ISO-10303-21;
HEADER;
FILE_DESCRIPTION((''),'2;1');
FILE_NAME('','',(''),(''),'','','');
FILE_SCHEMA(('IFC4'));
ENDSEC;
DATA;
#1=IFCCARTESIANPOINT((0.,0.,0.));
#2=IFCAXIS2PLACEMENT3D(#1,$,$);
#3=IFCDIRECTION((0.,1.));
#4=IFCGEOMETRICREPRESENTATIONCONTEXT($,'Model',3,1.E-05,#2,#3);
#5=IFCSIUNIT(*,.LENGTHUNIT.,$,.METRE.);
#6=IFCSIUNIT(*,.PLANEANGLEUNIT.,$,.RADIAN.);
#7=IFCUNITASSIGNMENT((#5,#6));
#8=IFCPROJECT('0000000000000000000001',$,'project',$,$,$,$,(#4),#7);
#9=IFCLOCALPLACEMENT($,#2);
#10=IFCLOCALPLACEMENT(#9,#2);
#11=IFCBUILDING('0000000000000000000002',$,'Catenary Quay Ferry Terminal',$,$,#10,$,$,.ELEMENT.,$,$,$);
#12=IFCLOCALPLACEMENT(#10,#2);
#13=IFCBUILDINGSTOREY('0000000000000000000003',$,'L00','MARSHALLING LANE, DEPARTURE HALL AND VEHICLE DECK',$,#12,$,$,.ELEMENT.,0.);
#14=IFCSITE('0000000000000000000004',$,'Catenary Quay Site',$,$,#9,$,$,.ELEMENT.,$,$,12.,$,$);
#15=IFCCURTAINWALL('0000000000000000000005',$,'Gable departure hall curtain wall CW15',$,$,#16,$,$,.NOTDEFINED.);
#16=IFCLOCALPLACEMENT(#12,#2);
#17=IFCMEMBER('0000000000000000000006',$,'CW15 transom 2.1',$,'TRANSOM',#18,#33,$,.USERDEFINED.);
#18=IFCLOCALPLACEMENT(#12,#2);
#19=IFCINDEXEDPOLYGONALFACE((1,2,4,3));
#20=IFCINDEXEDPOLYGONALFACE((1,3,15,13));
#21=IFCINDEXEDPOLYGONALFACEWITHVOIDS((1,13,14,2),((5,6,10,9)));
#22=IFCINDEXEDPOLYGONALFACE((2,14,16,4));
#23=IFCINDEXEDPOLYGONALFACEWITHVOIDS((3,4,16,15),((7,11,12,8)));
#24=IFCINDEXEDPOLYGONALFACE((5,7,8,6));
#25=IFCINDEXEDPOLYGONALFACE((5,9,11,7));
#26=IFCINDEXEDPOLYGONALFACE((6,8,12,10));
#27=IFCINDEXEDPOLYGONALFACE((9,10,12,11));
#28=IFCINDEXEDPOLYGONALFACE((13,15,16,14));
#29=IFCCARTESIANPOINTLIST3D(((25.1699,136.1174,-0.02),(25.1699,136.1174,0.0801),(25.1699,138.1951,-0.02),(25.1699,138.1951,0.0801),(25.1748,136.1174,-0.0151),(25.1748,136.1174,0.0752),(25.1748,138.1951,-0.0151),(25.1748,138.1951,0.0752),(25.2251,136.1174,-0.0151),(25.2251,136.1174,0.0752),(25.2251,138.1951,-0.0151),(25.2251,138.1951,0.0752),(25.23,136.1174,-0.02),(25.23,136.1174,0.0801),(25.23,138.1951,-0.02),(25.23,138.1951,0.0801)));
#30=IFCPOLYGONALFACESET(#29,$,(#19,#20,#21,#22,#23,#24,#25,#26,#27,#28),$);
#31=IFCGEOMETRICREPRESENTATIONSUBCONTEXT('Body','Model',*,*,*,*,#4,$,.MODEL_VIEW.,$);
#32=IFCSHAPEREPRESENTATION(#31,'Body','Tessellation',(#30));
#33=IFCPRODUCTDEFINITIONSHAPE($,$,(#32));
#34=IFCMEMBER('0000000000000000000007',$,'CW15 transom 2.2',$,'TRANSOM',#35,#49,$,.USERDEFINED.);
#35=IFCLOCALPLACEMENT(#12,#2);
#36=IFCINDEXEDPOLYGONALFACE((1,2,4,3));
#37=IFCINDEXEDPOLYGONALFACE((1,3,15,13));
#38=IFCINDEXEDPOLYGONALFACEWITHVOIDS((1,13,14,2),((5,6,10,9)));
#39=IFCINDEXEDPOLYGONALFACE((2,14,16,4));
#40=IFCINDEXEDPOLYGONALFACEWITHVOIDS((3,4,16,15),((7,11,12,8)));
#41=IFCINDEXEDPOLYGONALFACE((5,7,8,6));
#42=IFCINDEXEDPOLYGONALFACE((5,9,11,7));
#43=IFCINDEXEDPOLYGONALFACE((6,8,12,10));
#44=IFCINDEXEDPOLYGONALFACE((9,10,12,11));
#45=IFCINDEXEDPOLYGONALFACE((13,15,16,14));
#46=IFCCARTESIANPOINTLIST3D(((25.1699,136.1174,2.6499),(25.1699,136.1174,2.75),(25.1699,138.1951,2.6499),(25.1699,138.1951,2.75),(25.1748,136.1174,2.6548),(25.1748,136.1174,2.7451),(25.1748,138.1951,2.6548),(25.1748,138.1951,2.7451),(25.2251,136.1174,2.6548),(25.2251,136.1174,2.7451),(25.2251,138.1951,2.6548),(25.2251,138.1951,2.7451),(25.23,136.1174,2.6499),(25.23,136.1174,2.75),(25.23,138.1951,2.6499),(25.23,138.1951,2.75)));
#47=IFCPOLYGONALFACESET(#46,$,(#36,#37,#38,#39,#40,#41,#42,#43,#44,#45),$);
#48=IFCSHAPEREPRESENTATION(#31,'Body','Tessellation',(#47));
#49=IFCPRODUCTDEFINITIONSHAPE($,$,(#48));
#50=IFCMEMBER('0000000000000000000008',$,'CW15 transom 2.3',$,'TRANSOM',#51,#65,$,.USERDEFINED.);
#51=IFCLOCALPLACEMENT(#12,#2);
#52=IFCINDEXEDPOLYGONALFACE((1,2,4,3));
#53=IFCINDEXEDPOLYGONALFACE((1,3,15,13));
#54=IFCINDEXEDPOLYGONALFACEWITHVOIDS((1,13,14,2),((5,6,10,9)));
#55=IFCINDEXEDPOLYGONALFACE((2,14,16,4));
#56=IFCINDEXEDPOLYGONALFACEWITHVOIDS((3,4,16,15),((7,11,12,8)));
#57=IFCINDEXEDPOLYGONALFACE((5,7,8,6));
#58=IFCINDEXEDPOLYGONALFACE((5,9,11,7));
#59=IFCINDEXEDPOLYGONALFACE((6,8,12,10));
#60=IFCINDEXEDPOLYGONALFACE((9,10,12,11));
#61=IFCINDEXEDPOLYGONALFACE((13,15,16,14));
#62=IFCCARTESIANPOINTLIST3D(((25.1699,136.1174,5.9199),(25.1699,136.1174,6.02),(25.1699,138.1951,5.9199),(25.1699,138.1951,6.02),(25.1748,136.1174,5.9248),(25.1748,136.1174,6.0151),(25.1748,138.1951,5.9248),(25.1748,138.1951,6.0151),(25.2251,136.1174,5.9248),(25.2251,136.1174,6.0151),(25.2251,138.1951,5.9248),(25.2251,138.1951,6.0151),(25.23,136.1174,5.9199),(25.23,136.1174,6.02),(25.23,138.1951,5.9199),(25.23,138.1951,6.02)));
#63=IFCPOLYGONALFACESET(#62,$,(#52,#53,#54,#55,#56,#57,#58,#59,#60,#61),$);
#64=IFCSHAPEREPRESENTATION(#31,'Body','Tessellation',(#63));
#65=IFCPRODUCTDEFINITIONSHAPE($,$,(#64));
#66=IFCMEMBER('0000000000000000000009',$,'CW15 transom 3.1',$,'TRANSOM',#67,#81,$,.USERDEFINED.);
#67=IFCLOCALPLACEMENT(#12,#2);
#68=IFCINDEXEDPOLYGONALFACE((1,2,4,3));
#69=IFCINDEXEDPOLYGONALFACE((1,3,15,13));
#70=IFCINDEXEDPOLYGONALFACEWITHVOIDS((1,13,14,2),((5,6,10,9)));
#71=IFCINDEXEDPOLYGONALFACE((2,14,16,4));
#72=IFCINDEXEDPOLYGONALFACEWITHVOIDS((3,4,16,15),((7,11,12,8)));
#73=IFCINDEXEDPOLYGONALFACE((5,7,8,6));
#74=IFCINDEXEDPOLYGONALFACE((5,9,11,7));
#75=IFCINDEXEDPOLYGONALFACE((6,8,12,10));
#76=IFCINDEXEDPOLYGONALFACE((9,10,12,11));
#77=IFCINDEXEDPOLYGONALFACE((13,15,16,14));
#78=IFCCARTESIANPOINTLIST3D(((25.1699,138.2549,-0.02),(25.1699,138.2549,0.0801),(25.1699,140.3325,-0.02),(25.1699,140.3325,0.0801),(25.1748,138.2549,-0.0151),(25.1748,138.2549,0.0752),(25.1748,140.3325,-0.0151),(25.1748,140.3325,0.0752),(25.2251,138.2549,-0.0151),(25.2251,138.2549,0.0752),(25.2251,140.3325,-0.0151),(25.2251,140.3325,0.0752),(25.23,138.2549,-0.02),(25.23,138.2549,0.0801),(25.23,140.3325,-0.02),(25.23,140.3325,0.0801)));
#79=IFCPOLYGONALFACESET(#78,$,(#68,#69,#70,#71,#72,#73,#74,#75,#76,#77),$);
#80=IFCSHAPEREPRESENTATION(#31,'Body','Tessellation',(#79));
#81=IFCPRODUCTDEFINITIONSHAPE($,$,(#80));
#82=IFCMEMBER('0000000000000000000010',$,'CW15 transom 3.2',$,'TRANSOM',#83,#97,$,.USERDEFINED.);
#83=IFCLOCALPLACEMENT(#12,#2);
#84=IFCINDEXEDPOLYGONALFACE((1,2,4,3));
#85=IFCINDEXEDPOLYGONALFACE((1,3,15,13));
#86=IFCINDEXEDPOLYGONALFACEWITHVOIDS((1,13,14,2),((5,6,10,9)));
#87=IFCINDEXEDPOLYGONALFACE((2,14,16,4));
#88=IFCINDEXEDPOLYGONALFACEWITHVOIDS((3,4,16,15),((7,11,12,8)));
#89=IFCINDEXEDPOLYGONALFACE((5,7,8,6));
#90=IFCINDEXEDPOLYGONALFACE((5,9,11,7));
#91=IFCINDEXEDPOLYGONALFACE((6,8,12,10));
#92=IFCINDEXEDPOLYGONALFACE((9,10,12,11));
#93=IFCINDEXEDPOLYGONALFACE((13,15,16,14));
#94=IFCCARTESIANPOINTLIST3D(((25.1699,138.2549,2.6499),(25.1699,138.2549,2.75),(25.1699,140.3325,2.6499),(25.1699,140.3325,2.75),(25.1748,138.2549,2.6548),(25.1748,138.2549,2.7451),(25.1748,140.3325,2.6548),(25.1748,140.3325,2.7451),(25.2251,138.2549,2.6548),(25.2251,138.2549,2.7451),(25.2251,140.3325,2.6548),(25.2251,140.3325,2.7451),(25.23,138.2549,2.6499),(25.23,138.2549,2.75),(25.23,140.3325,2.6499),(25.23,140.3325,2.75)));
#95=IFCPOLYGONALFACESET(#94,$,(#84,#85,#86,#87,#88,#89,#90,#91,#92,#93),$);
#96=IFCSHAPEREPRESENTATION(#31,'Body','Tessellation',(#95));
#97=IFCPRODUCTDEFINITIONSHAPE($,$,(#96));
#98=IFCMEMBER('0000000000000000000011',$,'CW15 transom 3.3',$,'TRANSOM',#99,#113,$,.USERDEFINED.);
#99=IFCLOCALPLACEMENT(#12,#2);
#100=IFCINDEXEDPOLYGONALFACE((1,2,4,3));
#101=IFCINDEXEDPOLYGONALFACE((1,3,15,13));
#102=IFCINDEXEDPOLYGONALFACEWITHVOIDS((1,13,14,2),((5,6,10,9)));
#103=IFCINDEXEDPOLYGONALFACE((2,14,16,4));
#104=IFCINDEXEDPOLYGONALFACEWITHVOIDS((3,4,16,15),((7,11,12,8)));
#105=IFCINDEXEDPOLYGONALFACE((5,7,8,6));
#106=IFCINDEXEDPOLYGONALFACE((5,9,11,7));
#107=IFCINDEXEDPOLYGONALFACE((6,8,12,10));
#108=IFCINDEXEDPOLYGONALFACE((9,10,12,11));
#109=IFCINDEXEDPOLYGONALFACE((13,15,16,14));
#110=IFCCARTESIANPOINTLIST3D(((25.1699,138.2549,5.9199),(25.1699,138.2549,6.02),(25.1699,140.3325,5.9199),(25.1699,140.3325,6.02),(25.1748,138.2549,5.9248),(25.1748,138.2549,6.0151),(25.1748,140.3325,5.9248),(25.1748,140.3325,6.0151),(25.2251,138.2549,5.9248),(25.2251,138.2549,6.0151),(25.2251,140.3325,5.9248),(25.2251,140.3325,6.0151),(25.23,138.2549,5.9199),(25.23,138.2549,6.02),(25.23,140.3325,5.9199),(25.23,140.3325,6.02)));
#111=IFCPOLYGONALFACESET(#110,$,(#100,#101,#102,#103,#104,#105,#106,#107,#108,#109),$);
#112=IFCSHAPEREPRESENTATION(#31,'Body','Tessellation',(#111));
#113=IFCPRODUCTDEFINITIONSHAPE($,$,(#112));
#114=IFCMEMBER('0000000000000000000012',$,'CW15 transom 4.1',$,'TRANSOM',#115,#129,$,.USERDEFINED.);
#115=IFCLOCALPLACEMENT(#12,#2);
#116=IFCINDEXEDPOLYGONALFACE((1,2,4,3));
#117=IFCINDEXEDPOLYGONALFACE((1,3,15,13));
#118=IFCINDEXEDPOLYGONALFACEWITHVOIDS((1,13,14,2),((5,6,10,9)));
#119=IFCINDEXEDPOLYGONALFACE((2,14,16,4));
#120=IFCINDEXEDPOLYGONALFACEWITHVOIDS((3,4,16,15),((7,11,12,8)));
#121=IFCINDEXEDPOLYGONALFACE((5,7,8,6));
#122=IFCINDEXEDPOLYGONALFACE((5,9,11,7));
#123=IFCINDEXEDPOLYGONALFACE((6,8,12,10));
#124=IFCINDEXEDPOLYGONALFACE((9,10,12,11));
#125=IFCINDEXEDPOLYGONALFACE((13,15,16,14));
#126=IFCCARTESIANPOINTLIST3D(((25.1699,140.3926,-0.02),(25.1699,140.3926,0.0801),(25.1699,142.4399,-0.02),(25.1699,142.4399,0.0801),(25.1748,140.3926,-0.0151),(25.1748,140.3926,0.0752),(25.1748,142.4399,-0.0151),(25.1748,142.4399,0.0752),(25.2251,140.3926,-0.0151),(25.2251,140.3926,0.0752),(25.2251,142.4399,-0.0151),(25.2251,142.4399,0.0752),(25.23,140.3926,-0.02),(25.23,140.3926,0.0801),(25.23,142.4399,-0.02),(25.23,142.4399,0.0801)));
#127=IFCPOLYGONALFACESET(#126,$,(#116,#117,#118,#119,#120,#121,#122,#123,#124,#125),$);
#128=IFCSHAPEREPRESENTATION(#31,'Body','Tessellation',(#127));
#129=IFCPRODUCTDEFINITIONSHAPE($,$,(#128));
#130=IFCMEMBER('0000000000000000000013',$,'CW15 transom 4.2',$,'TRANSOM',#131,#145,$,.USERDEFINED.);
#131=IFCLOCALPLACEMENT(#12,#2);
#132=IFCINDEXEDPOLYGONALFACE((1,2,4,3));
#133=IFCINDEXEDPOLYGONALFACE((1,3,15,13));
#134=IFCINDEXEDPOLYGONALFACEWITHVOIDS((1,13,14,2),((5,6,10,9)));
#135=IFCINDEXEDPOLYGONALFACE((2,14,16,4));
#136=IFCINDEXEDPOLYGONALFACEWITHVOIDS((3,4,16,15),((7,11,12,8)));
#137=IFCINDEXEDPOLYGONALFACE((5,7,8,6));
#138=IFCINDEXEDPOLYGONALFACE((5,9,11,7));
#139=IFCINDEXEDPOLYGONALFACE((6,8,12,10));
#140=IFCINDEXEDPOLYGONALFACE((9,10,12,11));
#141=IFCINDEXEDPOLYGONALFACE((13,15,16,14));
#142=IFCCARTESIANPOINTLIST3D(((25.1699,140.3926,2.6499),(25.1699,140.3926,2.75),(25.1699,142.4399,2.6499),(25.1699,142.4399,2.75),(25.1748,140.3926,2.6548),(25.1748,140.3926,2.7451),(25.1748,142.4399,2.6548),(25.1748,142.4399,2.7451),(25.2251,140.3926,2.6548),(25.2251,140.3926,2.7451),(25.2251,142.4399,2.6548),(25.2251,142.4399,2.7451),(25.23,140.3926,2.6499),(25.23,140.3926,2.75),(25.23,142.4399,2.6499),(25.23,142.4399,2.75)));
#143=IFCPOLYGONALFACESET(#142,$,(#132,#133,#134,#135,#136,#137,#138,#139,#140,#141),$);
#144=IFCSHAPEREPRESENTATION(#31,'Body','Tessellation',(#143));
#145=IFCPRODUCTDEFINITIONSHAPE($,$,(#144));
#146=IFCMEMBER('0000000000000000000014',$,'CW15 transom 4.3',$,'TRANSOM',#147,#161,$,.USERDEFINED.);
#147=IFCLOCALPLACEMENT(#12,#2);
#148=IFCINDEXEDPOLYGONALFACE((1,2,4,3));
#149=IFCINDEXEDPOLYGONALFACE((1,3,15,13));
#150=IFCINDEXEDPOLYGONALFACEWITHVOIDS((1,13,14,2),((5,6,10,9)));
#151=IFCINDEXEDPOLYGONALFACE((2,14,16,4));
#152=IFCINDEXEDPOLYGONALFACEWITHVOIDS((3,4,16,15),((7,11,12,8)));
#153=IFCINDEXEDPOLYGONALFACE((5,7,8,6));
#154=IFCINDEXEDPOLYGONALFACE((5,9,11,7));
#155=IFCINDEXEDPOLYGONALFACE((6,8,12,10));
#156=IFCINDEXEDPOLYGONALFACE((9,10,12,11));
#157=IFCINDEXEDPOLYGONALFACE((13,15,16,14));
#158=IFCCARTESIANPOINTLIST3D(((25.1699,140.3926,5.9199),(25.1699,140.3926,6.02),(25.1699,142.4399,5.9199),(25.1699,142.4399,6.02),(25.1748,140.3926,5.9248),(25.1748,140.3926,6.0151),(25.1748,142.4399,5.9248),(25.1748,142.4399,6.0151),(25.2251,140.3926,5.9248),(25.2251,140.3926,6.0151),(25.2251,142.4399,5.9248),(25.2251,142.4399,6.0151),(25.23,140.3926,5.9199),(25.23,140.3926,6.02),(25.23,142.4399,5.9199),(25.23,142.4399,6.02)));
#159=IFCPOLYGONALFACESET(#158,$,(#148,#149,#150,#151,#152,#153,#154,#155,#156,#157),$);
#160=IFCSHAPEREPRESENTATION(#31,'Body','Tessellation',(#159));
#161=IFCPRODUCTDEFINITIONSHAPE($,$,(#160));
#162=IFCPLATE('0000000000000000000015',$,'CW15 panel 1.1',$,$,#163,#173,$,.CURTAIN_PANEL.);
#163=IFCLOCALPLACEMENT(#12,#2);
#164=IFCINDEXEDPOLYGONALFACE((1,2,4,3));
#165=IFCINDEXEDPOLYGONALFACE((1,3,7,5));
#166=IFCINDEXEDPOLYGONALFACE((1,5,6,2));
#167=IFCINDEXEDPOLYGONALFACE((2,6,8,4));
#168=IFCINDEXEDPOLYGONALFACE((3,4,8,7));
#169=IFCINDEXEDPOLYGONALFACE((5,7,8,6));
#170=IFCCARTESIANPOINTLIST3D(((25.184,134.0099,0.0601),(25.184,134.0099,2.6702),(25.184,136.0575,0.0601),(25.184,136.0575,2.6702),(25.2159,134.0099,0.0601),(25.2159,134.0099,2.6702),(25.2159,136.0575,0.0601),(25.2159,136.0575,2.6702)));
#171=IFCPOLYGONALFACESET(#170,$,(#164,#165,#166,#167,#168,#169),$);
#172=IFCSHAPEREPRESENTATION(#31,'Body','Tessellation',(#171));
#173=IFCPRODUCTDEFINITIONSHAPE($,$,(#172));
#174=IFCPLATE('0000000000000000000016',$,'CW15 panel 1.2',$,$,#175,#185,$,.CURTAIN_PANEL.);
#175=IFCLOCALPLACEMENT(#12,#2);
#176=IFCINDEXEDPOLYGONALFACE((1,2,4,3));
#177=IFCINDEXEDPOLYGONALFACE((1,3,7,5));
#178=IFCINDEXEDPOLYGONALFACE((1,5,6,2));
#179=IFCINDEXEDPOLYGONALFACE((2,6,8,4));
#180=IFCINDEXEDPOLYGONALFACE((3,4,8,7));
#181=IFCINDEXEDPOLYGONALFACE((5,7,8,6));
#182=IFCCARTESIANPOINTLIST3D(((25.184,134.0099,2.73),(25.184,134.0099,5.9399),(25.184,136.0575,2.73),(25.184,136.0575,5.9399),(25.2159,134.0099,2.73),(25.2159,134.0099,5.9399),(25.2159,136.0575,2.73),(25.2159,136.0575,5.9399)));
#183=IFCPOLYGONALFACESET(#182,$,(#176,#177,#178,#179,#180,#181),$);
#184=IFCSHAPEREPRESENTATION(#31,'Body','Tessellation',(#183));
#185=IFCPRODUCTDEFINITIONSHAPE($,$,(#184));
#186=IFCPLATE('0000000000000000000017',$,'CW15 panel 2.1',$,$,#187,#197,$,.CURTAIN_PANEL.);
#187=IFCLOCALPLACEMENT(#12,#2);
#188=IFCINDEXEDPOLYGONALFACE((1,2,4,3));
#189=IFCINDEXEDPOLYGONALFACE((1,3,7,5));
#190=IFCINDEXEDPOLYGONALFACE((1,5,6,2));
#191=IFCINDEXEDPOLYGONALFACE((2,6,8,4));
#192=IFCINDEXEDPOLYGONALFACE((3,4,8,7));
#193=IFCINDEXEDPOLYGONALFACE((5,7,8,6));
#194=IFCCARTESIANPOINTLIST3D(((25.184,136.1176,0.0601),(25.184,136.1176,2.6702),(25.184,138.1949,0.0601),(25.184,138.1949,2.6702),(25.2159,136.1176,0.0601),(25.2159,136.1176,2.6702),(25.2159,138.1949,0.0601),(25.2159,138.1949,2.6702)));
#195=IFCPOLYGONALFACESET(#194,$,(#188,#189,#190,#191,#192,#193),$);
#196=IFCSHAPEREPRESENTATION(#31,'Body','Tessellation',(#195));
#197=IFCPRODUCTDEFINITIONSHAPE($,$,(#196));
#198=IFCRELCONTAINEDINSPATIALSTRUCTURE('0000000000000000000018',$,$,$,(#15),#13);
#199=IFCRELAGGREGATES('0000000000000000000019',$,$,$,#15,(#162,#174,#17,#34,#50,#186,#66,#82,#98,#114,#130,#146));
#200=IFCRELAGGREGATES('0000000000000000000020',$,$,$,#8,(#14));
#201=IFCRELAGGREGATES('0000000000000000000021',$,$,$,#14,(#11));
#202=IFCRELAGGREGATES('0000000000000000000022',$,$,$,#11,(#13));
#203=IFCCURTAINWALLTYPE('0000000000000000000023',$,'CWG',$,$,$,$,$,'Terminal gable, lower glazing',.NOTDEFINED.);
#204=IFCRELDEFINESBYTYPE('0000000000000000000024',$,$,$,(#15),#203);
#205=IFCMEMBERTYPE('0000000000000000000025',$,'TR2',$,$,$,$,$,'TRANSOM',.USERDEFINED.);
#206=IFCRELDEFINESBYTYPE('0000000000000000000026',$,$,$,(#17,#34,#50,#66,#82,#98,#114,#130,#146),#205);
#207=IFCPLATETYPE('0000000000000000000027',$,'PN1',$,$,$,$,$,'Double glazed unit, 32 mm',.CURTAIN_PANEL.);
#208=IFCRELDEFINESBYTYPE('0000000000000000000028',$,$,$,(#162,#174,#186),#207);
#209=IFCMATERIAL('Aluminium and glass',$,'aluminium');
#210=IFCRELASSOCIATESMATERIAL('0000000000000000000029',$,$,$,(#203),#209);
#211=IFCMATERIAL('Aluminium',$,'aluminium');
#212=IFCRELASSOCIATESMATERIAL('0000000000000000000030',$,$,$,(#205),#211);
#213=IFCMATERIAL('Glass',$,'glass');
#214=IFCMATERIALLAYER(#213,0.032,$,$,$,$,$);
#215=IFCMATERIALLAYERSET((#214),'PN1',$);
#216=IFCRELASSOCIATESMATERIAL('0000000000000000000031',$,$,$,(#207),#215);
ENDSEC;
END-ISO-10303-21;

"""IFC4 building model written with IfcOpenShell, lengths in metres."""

from ifc_helpers import new_model, si_unit, direction, frame, origin, origin_2d, place, context, subcontext, project, spatial, rectangle, hollow_rectangle, extrude, material, layer, layer_set, material_profile, profile_set, type_object, element, aggregate, save


model = new_model("IFC4")

# Units and contexts
model_context = context("Model", 3, precision=1e-05, world=origin(), true_north=direction((0.0, 1.0)))
body_context = subcontext(model_context, "Body", "Model", "MODEL_VIEW")
ifc_project = project(units=[si_unit("LENGTHUNIT", "METRE"), si_unit("PLANEANGLEUNIT", "RADIAN")], contexts=[model_context])

# Site, building, storey
site_placement = place(None, origin())
site = spatial("IfcSite", under=ifc_project, at=site_placement, Name="Catenary Quay Site", CompositionType="ELEMENT", RefElevation=12.0)
building_placement = place(site_placement, origin())
building = spatial("IfcBuilding", under=site, at=building_placement, Name="Catenary Quay Ferry Terminal", CompositionType="ELEMENT")
storey_placement = place(building_placement, origin())
storey = spatial("IfcBuildingStorey", under=building, at=storey_placement, Name="L00", Description="MARSHALLING LANE, DEPARTURE HALL AND VEHICLE DECK", CompositionType="ELEMENT", Elevation=0.0)

# Curtain wall, members, plates
ifc_material_1 = material(Name="Aluminium and glass", Category="aluminium")
curtain_wall_type = type_object("IfcCurtainWallType", Name="CWG", ElementType="Terminal gable, lower glazing", PredefinedType="NOTDEFINED", material=ifc_material_1)
curtain_wall_placement = place(storey_placement, origin())
curtain_wall = element("IfcCurtainWall", 1, at=curtain_wall_placement, inside=storey, type_object=curtain_wall_type, Name="Gable departure hall curtain wall CW15", PredefinedType="NOTDEFINED")
ifc_material_2 = material(Name="Aluminium", Category="aluminium")
ifc_material_profile_1 = material_profile(ifc_material_2, hollow_rectangle(XDim=0.0601, YDim=0.1001, WallThickness=0.0049, at=origin_2d()), Name="TR2")
ifc_profile_set_1 = profile_set([ifc_material_profile_1], Name="Aluminium")
member_type_1 = type_object("IfcMemberType", Name="TR2", ElementType="TRANSOM", PredefinedType="USERDEFINED", material=ifc_profile_set_1)
member_1_placement = place(storey_placement, frame((25.2, 136.1174, 0.03), z_axis=(0.0, 1.0, 0.0), x_axis=(-1.0, 0.0, 0.0)))
member_1 = element("IfcMember", 2, at=member_1_placement, type_object=member_type_1, Name="CW15 transom 2.1", ObjectType="TRANSOM", PredefinedType="USERDEFINED", context=body_context, shape_type="SweptSolid", body=[
    extrude(hollow_rectangle(XDim=0.0601, YDim=0.1001, WallThickness=0.0049, at=origin_2d()), origin(), (0.0, 0.0, 1.0), 2.0776),
])
member_2_placement = place(storey_placement, frame((25.2, 136.1174, 2.7), z_axis=(0.0, 1.0, 0.0), x_axis=(-1.0, 0.0, 0.0)))
member_2 = element("IfcMember", 3, at=member_2_placement, type_object=member_type_1, Name="CW15 transom 2.2", ObjectType="TRANSOM", PredefinedType="USERDEFINED", context=body_context, shape_type="SweptSolid", body=[
    extrude(hollow_rectangle(XDim=0.0601, YDim=0.1001, WallThickness=0.0049, at=origin_2d()), origin(), (0.0, 0.0, 1.0), 2.0776),
])
member_3_placement = place(storey_placement, frame((25.2, 136.1174, 5.97), z_axis=(0.0, 1.0, 0.0), x_axis=(-1.0, 0.0, 0.0)))
member_3 = element("IfcMember", 4, at=member_3_placement, type_object=member_type_1, Name="CW15 transom 2.3", ObjectType="TRANSOM", PredefinedType="USERDEFINED", context=body_context, shape_type="SweptSolid", body=[
    extrude(hollow_rectangle(XDim=0.0601, YDim=0.1001, WallThickness=0.0049, at=origin_2d()), origin(), (0.0, 0.0, 1.0), 2.0776),
])
member_4_placement = place(storey_placement, frame((25.2, 138.2549, 0.03), z_axis=(0.0, 1.0, 0.0), x_axis=(-1.0, 0.0, 0.0)))
member_4 = element("IfcMember", 5, at=member_4_placement, type_object=member_type_1, Name="CW15 transom 3.1", ObjectType="TRANSOM", PredefinedType="USERDEFINED", context=body_context, shape_type="SweptSolid", body=[
    extrude(hollow_rectangle(XDim=0.0601, YDim=0.1001, WallThickness=0.0049, at=origin_2d()), origin(), (0.0, 0.0, 1.0), 2.0776),
])
member_5_placement = place(storey_placement, frame((25.2, 138.2549, 2.7), z_axis=(0.0, 1.0, 0.0), x_axis=(-1.0, 0.0, 0.0)))
member_5 = element("IfcMember", 6, at=member_5_placement, type_object=member_type_1, Name="CW15 transom 3.2", ObjectType="TRANSOM", PredefinedType="USERDEFINED", context=body_context, shape_type="SweptSolid", body=[
    extrude(hollow_rectangle(XDim=0.0601, YDim=0.1001, WallThickness=0.0049, at=origin_2d()), origin(), (0.0, 0.0, 1.0), 2.0776),
])
member_6_placement = place(storey_placement, frame((25.2, 138.2549, 5.97), z_axis=(0.0, 1.0, 0.0), x_axis=(-1.0, 0.0, 0.0)))
member_6 = element("IfcMember", 7, at=member_6_placement, type_object=member_type_1, Name="CW15 transom 3.3", ObjectType="TRANSOM", PredefinedType="USERDEFINED", context=body_context, shape_type="SweptSolid", body=[
    extrude(hollow_rectangle(XDim=0.0601, YDim=0.1001, WallThickness=0.0049, at=origin_2d()), origin(), (0.0, 0.0, 1.0), 2.0776),
])
member_7_placement = place(storey_placement, frame((25.2, 140.3926, 0.03), z_axis=(0.0, 1.0, 0.0), x_axis=(-1.0, 0.0, 0.0)))
member_7 = element("IfcMember", 8, at=member_7_placement, type_object=member_type_1, Name="CW15 transom 4.1", ObjectType="TRANSOM", PredefinedType="USERDEFINED", context=body_context, shape_type="SweptSolid", body=[
    extrude(hollow_rectangle(XDim=0.0601, YDim=0.1001, WallThickness=0.0049, at=origin_2d()), origin(), (0.0, 0.0, 1.0), 2.0474),
])
member_8_placement = place(storey_placement, frame((25.2, 140.3926, 2.7), z_axis=(0.0, 1.0, 0.0), x_axis=(-1.0, 0.0, 0.0)))
member_8 = element("IfcMember", 9, at=member_8_placement, type_object=member_type_1, Name="CW15 transom 4.2", ObjectType="TRANSOM", PredefinedType="USERDEFINED", context=body_context, shape_type="SweptSolid", body=[
    extrude(hollow_rectangle(XDim=0.0601, YDim=0.1001, WallThickness=0.0049, at=origin_2d()), origin(), (0.0, 0.0, 1.0), 2.0474),
])
member_9_placement = place(storey_placement, frame((25.2, 140.3926, 5.97), z_axis=(0.0, 1.0, 0.0), x_axis=(-1.0, 0.0, 0.0)))
member_9 = element("IfcMember", 10, at=member_9_placement, type_object=member_type_1, Name="CW15 transom 4.3", ObjectType="TRANSOM", PredefinedType="USERDEFINED", context=body_context, shape_type="SweptSolid", body=[
    extrude(hollow_rectangle(XDim=0.0601, YDim=0.1001, WallThickness=0.0049, at=origin_2d()), origin(), (0.0, 0.0, 1.0), 2.0474),
])
ifc_material_3 = material(Name="Glass", Category="glass")
ifc_layer = layer(ifc_material_3, 0.032)
ifc_layer_set = layer_set([ifc_layer], Name="PN1")
plate_type = type_object("IfcPlateType", Name="PN1", ElementType="Double glazed unit, 32 mm", PredefinedType="CURTAIN_PANEL", material=ifc_layer_set)
plate_1_placement = place(storey_placement, frame((25.2, 135.0337, 0.0601), z_axis=(0.0, 0.0, 1.0), x_axis=(0.0, 1.0, 0.0)))
plate_1 = element("IfcPlate", 11, at=plate_1_placement, type_object=plate_type, Name="CW15 panel 1.1", PredefinedType="CURTAIN_PANEL", context=body_context, shape_type="SweptSolid", body=[
    extrude(rectangle(XDim=2.0476, YDim=0.032, at=origin_2d()), origin(), (0.0, 0.0, 1.0), 2.6101),
])
plate_2_placement = place(storey_placement, frame((25.2, 135.0337, 2.73), z_axis=(0.0, 0.0, 1.0), x_axis=(0.0, 1.0, 0.0)))
plate_2 = element("IfcPlate", 12, at=plate_2_placement, type_object=plate_type, Name="CW15 panel 1.2", PredefinedType="CURTAIN_PANEL", context=body_context, shape_type="SweptSolid", body=[
    extrude(rectangle(XDim=2.0476, YDim=0.032, at=origin_2d()), origin(), (0.0, 0.0, 1.0), 3.21),
])
plate_3_placement = place(storey_placement, frame((25.2, 137.1562, 0.0601), z_axis=(0.0, 0.0, 1.0), x_axis=(0.0, 1.0, 0.0)))
plate_3 = element("IfcPlate", 13, at=plate_3_placement, type_object=plate_type, Name="CW15 panel 2.1", PredefinedType="CURTAIN_PANEL", context=body_context, shape_type="SweptSolid", body=[
    extrude(rectangle(XDim=2.0774, YDim=0.032, at=origin_2d()), origin(), (0.0, 0.0, 1.0), 2.6101),
])
aggregate(curtain_wall, [plate_1, plate_2, member_1, member_2, member_3, plate_3, member_4, member_5, member_6, member_7, member_8, member_9])

save(model, "model.ifc")
